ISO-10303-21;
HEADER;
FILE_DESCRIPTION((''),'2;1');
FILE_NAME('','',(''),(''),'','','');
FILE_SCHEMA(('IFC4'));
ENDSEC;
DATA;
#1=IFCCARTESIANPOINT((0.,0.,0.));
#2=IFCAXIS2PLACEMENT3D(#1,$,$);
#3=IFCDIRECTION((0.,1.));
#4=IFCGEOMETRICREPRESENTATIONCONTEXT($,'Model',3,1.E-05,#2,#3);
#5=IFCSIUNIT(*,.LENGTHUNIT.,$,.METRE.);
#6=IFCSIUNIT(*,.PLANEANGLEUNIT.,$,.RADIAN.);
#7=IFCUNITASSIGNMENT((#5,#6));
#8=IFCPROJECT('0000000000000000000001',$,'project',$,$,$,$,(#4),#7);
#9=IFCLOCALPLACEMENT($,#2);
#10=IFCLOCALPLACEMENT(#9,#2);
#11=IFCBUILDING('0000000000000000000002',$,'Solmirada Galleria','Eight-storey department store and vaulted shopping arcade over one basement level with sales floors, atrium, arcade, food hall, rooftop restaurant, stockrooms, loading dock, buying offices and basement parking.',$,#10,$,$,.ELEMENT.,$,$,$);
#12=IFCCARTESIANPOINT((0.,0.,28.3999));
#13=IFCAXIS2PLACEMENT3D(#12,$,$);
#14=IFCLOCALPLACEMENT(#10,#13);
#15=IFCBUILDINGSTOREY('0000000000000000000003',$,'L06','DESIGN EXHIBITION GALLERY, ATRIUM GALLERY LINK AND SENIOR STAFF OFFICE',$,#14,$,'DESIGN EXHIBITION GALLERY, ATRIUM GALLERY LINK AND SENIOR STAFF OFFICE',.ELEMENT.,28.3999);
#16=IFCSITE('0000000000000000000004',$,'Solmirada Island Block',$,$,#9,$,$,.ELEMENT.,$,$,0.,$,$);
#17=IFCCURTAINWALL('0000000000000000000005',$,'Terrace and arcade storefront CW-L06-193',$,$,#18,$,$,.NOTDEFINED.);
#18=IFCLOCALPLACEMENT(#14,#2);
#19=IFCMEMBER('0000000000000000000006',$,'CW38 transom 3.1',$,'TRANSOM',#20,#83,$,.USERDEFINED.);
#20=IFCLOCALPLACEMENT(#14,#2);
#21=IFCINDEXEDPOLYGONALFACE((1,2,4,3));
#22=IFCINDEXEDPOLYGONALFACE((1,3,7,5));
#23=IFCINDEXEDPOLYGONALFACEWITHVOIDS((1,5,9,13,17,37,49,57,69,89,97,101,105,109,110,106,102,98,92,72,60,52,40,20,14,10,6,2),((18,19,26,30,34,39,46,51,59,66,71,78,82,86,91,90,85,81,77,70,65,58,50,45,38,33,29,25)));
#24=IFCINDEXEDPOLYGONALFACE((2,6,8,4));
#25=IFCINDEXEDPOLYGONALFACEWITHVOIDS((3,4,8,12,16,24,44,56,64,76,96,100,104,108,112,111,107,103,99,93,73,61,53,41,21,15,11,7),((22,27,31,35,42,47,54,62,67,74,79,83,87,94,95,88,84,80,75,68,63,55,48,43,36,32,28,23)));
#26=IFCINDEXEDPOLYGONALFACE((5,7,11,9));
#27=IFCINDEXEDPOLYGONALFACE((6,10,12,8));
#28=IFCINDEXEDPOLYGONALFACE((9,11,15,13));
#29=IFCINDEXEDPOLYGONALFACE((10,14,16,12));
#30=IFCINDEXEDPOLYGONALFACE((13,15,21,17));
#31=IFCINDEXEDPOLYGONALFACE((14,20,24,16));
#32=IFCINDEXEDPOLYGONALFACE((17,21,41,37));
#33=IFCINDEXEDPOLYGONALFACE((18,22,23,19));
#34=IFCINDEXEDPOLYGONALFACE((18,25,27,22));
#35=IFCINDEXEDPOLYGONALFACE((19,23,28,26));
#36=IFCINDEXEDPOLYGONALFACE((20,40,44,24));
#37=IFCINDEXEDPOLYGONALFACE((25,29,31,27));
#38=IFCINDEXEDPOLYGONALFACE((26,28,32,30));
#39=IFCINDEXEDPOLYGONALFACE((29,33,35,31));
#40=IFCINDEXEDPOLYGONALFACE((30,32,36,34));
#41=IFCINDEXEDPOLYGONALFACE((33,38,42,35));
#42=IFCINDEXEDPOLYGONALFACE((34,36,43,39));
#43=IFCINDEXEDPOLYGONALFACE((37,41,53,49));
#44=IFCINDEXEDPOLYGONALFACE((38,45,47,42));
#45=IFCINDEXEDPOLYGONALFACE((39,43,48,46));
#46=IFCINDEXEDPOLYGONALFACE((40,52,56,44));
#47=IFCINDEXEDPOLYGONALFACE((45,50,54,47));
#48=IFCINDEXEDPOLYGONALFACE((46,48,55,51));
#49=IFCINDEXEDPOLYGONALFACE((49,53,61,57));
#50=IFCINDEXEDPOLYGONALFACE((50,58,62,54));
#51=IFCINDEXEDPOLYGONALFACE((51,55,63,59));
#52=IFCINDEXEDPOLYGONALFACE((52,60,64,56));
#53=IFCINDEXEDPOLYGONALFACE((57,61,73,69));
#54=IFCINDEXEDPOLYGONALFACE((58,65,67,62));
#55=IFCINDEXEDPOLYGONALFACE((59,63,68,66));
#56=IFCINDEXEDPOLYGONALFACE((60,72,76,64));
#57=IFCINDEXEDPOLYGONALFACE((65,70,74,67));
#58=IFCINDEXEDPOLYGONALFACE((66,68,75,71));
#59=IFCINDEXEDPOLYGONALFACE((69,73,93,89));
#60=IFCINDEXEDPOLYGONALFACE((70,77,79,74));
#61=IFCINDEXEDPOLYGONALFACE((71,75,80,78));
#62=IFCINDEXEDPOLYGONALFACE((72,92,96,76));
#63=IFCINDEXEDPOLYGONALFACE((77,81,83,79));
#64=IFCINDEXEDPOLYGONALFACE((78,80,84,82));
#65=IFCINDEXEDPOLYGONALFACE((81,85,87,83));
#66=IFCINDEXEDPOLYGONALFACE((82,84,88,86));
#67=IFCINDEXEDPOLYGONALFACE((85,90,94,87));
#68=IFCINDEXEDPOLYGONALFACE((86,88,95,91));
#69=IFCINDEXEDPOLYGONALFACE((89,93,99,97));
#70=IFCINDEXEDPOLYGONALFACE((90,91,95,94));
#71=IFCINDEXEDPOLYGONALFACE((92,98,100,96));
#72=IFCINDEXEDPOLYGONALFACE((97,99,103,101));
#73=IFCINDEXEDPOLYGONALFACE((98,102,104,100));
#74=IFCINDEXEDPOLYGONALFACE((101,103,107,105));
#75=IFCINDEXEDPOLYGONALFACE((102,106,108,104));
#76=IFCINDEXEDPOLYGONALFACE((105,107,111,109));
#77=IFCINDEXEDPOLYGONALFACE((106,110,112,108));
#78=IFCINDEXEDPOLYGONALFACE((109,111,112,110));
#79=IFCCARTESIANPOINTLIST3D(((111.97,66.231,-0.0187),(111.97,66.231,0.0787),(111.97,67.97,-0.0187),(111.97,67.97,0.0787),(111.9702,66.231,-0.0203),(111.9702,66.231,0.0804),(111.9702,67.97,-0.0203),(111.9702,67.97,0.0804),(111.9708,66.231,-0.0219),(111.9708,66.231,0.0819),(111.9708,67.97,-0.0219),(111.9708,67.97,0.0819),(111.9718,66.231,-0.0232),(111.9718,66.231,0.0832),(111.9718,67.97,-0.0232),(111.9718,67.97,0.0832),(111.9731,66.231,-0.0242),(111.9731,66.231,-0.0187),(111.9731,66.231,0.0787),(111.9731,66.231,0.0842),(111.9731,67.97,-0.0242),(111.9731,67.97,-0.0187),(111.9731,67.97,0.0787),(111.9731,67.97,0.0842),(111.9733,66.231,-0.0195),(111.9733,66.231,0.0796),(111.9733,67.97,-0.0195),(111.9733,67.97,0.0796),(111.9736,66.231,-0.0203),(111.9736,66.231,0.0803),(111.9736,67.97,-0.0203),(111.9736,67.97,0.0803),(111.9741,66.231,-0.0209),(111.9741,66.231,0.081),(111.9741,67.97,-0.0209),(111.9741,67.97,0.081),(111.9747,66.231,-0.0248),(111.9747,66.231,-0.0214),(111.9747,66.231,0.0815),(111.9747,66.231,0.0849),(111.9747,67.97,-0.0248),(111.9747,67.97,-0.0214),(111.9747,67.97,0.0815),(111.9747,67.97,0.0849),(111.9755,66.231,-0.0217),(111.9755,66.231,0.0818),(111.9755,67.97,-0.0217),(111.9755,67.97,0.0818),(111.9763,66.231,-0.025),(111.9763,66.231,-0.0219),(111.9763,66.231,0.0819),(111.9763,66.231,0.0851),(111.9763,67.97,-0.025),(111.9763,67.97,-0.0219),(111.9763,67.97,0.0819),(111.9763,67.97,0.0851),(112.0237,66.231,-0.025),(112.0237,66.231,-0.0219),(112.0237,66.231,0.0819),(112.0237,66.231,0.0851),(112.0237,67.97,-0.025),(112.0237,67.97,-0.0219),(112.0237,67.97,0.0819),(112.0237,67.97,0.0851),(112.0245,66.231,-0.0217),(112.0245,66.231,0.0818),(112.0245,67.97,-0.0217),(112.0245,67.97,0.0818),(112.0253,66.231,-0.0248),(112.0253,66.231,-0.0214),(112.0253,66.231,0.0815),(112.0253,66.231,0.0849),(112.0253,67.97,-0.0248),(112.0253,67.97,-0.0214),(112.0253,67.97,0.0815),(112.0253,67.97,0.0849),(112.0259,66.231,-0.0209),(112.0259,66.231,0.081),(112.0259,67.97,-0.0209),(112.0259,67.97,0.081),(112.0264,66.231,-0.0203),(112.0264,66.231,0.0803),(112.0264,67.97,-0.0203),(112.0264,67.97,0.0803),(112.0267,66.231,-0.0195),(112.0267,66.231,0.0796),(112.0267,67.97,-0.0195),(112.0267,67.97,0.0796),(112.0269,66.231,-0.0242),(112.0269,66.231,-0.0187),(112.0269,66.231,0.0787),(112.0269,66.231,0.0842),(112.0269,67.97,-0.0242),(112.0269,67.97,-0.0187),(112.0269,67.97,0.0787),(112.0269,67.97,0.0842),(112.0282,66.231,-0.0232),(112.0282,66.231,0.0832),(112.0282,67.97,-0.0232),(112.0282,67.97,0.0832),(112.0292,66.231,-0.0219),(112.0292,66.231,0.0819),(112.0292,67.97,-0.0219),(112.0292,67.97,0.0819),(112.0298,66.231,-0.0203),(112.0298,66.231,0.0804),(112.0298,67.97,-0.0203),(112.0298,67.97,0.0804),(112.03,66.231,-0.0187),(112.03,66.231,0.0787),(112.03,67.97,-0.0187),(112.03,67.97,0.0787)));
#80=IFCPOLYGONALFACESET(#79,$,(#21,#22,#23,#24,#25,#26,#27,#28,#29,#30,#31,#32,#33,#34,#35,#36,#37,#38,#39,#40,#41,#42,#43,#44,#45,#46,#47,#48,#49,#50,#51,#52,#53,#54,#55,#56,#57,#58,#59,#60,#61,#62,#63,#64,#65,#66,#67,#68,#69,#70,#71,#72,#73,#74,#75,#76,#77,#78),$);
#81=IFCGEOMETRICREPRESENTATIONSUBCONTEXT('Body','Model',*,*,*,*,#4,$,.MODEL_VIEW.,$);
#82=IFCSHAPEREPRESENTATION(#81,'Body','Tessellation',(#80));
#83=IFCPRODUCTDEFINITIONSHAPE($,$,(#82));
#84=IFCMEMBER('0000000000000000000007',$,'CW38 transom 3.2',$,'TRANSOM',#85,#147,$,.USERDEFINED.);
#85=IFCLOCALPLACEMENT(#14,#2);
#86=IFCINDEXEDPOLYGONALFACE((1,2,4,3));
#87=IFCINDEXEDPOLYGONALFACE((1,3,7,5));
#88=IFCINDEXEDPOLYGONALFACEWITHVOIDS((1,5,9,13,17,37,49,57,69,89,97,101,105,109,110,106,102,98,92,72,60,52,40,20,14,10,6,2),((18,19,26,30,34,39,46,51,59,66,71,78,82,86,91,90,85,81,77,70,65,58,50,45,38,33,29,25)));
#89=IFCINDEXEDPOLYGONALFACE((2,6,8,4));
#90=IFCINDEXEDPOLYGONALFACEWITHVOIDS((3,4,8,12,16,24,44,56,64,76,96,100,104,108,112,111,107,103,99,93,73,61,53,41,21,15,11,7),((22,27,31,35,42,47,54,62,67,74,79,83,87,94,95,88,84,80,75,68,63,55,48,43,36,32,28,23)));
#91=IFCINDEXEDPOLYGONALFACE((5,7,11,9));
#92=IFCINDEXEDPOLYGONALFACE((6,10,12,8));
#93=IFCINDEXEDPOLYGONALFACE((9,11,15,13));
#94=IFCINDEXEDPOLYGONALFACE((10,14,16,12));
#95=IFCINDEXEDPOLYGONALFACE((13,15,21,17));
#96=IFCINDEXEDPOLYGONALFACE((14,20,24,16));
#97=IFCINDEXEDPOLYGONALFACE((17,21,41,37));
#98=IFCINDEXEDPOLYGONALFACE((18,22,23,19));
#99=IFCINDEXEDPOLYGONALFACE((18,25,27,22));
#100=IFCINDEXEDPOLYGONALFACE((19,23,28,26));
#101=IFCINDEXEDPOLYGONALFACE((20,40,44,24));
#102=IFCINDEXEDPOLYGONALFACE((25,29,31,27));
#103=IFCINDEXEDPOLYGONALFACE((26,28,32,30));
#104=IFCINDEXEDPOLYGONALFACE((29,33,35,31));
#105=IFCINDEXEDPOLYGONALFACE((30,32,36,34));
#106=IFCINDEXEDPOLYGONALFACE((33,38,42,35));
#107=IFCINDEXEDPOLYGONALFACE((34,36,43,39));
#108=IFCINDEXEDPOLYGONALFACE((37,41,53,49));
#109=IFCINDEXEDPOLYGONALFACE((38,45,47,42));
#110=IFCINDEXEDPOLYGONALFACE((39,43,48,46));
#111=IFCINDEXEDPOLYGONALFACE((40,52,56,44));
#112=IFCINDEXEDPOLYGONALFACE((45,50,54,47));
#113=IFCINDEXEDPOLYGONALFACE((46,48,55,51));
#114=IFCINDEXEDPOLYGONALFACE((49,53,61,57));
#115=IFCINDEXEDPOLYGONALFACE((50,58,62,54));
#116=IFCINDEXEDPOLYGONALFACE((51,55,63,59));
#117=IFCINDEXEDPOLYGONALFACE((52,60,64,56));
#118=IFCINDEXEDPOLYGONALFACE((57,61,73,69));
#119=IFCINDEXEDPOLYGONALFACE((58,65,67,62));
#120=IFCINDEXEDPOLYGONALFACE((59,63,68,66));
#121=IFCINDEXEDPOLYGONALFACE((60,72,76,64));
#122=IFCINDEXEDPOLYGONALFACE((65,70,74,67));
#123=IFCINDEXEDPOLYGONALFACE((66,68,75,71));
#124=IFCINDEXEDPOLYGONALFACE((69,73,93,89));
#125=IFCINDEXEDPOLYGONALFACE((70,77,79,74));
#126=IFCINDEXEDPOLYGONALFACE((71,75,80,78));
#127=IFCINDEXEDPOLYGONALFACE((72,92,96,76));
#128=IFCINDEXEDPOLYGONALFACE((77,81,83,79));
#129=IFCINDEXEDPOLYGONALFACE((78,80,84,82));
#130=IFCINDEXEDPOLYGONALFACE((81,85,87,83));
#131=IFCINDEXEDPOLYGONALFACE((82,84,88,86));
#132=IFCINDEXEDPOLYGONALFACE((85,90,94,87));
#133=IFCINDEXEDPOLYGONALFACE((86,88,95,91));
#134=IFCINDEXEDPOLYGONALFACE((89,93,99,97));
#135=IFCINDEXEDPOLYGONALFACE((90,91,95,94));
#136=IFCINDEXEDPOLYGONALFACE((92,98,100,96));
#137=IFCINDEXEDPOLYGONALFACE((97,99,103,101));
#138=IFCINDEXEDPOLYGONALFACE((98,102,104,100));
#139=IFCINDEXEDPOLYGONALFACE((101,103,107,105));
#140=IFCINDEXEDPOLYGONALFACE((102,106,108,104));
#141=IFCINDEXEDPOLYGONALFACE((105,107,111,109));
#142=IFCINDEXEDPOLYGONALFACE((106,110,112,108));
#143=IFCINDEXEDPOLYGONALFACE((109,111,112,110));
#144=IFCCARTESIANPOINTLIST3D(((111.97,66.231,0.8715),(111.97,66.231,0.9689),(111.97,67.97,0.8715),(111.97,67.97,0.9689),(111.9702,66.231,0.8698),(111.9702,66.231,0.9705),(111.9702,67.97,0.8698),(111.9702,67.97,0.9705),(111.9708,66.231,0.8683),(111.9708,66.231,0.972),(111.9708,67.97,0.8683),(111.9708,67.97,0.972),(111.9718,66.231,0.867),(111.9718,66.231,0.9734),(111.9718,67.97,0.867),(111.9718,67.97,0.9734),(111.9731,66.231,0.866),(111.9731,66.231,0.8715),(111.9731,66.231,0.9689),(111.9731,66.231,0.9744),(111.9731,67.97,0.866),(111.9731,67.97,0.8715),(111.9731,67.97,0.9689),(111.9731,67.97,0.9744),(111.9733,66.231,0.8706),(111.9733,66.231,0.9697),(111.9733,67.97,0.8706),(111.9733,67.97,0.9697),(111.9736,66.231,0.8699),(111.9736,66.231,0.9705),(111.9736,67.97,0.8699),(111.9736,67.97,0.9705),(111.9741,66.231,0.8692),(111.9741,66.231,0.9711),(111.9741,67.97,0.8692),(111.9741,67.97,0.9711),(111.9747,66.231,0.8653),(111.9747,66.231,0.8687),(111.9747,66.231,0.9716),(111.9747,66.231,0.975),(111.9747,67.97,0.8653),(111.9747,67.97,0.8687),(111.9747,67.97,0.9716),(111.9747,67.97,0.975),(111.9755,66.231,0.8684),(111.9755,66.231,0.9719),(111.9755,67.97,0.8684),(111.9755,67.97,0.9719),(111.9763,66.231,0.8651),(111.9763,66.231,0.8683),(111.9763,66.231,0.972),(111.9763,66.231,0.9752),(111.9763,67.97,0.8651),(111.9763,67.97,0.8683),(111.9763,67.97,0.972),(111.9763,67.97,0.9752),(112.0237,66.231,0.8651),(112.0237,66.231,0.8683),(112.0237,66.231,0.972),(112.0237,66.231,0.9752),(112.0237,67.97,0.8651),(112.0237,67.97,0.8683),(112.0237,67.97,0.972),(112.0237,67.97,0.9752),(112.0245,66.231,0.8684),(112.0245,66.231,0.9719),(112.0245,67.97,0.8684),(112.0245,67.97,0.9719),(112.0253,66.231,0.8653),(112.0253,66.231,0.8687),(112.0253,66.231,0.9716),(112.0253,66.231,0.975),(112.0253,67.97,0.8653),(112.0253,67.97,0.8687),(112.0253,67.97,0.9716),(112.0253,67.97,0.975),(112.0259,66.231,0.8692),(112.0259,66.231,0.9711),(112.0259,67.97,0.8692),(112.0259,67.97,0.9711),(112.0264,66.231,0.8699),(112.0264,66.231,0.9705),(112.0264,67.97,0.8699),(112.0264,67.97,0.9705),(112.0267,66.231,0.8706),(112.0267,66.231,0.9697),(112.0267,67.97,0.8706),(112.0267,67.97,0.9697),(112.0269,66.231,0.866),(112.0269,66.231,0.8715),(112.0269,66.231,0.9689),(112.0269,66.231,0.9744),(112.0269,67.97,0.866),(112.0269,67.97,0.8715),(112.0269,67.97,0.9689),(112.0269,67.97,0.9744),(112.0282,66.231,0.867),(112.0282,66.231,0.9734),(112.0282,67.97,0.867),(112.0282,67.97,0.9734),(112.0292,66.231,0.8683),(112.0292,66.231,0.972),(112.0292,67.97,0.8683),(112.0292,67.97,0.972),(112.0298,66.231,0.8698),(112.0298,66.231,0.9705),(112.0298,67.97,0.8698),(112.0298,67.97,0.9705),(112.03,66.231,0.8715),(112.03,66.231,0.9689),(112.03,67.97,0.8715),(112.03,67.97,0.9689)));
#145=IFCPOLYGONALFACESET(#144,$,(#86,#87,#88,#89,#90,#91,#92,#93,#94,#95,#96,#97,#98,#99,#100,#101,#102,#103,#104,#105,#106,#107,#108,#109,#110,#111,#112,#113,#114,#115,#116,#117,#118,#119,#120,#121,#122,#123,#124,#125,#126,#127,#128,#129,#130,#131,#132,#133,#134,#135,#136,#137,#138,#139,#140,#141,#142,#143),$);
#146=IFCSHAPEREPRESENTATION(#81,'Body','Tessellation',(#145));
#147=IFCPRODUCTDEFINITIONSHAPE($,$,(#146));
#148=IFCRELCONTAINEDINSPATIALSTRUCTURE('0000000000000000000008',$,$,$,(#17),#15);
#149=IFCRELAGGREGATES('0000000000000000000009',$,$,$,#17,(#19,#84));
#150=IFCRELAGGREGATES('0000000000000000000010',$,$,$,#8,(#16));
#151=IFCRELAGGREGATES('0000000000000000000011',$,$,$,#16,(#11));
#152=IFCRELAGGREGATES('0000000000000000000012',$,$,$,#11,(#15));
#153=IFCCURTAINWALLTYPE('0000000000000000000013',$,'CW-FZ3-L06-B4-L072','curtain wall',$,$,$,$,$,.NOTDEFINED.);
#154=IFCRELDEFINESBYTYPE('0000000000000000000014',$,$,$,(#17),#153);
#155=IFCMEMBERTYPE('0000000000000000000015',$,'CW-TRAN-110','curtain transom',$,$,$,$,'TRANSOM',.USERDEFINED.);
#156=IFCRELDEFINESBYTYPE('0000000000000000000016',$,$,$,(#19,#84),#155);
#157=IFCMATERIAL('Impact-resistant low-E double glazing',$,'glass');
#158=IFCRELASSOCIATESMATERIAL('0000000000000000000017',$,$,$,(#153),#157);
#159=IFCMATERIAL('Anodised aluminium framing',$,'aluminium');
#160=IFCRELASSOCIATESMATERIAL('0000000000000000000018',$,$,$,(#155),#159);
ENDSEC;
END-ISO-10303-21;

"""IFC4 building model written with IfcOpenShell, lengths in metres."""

from ifc_helpers import new_model, si_unit, direction, frame, origin, origin_2d, place, context, subcontext, project, spatial, hollow_rectangle, extrude, material, material_profile, profile_set, type_object, element, aggregate, save


model = new_model("IFC4")

# Units and contexts
model_context = context("Model", 3, precision=1e-05, world=origin(), true_north=direction((0.0, 1.0)))
body_context = subcontext(model_context, "Body", "Model", "MODEL_VIEW")
ifc_project = project(units=[si_unit("LENGTHUNIT", "METRE"), si_unit("PLANEANGLEUNIT", "RADIAN")], contexts=[model_context])

# Site, building, storey
site_placement = place(None, origin())
site = spatial("IfcSite", under=ifc_project, at=site_placement, Name="Solmirada Island Block", CompositionType="ELEMENT", RefElevation=0.0)
building_placement = place(site_placement, origin())
building = spatial("IfcBuilding", under=site, at=building_placement, Name="Solmirada Galleria", Description="Eight-storey department store and vaulted shopping arcade over one basement level with sales floors, atrium, arcade, food hall, rooftop restaurant, stockrooms, loading dock, buying offices and basement parking.", CompositionType="ELEMENT")
storey_placement = place(building_placement, frame((0.0, 0.0, 28.3999)))
storey = spatial("IfcBuildingStorey", under=building, at=storey_placement, Name="L06", Description="DESIGN EXHIBITION GALLERY, ATRIUM GALLERY LINK AND SENIOR STAFF OFFICE", LongName="DESIGN EXHIBITION GALLERY, ATRIUM GALLERY LINK AND SENIOR STAFF OFFICE", CompositionType="ELEMENT", Elevation=28.3999)

# Curtain wall
ifc_material_1 = material(Name="Impact-resistant low-E double glazing", Category="glass")
curtain_wall_type = type_object("IfcCurtainWallType", Name="CW-FZ3-L06-B4-L072", Description="curtain wall", PredefinedType="NOTDEFINED", material=ifc_material_1)
curtain_wall_1_placement = place(storey_placement, origin())
curtain_wall_1 = element("IfcCurtainWall", 1, at=curtain_wall_1_placement, inside=storey, type_object=curtain_wall_type, Name="Terrace and arcade storefront CW-L06-193", PredefinedType="NOTDEFINED")
ifc_material_2 = material(Name="Anodised aluminium framing", Category="aluminium")

# Members
ifc_material_profile_1 = material_profile(ifc_material_2, hollow_rectangle(XDim=0.0601, YDim=0.1101, WallThickness=0.0032, InnerFilletRadius=0.0032, OuterFilletRadius=0.0063, at=origin_2d()), Name="ALU-TRAN-110X60")
ifc_profile_set_1 = profile_set([ifc_material_profile_1], Name="Anodised aluminium framing")
member_type_1 = type_object("IfcMemberType", Name="CW-TRAN-110", Description="curtain transom", ElementType="TRANSOM", PredefinedType="USERDEFINED", material=ifc_profile_set_1)
member_1_placement = place(storey_placement, frame((112.0, 67.97, 0.03), z_axis=(0.0, -1.0, 0.0), x_axis=(1.0, 0.0, 0.0)))
member_1 = element("IfcMember", 2, at=member_1_placement, type_object=member_type_1, Name="CW38 transom 3.1", ObjectType="TRANSOM", PredefinedType="USERDEFINED", context=body_context, shape_type="SweptSolid", body=[
    extrude(hollow_rectangle(XDim=0.0601, YDim=0.1101, WallThickness=0.0032, InnerFilletRadius=0.0032, OuterFilletRadius=0.0063, at=origin_2d()), origin(), (0.0, 0.0, 1.0), 1.739),
])
member_2_placement = place(storey_placement, frame((112.0, 67.97, 0.9202), z_axis=(0.0, -1.0, 0.0), x_axis=(1.0, 0.0, 0.0)))
member_2 = element("IfcMember", 3, at=member_2_placement, type_object=member_type_1, Name="CW38 transom 3.2", ObjectType="TRANSOM", PredefinedType="USERDEFINED", context=body_context, shape_type="SweptSolid", body=[
    extrude(hollow_rectangle(XDim=0.0601, YDim=0.1101, WallThickness=0.0032, InnerFilletRadius=0.0032, OuterFilletRadius=0.0063, at=origin_2d()), origin(), (0.0, 0.0, 1.0), 1.739),
])

aggregate(curtain_wall_1, [member_1, member_2])

save(model, "model.ifc")
